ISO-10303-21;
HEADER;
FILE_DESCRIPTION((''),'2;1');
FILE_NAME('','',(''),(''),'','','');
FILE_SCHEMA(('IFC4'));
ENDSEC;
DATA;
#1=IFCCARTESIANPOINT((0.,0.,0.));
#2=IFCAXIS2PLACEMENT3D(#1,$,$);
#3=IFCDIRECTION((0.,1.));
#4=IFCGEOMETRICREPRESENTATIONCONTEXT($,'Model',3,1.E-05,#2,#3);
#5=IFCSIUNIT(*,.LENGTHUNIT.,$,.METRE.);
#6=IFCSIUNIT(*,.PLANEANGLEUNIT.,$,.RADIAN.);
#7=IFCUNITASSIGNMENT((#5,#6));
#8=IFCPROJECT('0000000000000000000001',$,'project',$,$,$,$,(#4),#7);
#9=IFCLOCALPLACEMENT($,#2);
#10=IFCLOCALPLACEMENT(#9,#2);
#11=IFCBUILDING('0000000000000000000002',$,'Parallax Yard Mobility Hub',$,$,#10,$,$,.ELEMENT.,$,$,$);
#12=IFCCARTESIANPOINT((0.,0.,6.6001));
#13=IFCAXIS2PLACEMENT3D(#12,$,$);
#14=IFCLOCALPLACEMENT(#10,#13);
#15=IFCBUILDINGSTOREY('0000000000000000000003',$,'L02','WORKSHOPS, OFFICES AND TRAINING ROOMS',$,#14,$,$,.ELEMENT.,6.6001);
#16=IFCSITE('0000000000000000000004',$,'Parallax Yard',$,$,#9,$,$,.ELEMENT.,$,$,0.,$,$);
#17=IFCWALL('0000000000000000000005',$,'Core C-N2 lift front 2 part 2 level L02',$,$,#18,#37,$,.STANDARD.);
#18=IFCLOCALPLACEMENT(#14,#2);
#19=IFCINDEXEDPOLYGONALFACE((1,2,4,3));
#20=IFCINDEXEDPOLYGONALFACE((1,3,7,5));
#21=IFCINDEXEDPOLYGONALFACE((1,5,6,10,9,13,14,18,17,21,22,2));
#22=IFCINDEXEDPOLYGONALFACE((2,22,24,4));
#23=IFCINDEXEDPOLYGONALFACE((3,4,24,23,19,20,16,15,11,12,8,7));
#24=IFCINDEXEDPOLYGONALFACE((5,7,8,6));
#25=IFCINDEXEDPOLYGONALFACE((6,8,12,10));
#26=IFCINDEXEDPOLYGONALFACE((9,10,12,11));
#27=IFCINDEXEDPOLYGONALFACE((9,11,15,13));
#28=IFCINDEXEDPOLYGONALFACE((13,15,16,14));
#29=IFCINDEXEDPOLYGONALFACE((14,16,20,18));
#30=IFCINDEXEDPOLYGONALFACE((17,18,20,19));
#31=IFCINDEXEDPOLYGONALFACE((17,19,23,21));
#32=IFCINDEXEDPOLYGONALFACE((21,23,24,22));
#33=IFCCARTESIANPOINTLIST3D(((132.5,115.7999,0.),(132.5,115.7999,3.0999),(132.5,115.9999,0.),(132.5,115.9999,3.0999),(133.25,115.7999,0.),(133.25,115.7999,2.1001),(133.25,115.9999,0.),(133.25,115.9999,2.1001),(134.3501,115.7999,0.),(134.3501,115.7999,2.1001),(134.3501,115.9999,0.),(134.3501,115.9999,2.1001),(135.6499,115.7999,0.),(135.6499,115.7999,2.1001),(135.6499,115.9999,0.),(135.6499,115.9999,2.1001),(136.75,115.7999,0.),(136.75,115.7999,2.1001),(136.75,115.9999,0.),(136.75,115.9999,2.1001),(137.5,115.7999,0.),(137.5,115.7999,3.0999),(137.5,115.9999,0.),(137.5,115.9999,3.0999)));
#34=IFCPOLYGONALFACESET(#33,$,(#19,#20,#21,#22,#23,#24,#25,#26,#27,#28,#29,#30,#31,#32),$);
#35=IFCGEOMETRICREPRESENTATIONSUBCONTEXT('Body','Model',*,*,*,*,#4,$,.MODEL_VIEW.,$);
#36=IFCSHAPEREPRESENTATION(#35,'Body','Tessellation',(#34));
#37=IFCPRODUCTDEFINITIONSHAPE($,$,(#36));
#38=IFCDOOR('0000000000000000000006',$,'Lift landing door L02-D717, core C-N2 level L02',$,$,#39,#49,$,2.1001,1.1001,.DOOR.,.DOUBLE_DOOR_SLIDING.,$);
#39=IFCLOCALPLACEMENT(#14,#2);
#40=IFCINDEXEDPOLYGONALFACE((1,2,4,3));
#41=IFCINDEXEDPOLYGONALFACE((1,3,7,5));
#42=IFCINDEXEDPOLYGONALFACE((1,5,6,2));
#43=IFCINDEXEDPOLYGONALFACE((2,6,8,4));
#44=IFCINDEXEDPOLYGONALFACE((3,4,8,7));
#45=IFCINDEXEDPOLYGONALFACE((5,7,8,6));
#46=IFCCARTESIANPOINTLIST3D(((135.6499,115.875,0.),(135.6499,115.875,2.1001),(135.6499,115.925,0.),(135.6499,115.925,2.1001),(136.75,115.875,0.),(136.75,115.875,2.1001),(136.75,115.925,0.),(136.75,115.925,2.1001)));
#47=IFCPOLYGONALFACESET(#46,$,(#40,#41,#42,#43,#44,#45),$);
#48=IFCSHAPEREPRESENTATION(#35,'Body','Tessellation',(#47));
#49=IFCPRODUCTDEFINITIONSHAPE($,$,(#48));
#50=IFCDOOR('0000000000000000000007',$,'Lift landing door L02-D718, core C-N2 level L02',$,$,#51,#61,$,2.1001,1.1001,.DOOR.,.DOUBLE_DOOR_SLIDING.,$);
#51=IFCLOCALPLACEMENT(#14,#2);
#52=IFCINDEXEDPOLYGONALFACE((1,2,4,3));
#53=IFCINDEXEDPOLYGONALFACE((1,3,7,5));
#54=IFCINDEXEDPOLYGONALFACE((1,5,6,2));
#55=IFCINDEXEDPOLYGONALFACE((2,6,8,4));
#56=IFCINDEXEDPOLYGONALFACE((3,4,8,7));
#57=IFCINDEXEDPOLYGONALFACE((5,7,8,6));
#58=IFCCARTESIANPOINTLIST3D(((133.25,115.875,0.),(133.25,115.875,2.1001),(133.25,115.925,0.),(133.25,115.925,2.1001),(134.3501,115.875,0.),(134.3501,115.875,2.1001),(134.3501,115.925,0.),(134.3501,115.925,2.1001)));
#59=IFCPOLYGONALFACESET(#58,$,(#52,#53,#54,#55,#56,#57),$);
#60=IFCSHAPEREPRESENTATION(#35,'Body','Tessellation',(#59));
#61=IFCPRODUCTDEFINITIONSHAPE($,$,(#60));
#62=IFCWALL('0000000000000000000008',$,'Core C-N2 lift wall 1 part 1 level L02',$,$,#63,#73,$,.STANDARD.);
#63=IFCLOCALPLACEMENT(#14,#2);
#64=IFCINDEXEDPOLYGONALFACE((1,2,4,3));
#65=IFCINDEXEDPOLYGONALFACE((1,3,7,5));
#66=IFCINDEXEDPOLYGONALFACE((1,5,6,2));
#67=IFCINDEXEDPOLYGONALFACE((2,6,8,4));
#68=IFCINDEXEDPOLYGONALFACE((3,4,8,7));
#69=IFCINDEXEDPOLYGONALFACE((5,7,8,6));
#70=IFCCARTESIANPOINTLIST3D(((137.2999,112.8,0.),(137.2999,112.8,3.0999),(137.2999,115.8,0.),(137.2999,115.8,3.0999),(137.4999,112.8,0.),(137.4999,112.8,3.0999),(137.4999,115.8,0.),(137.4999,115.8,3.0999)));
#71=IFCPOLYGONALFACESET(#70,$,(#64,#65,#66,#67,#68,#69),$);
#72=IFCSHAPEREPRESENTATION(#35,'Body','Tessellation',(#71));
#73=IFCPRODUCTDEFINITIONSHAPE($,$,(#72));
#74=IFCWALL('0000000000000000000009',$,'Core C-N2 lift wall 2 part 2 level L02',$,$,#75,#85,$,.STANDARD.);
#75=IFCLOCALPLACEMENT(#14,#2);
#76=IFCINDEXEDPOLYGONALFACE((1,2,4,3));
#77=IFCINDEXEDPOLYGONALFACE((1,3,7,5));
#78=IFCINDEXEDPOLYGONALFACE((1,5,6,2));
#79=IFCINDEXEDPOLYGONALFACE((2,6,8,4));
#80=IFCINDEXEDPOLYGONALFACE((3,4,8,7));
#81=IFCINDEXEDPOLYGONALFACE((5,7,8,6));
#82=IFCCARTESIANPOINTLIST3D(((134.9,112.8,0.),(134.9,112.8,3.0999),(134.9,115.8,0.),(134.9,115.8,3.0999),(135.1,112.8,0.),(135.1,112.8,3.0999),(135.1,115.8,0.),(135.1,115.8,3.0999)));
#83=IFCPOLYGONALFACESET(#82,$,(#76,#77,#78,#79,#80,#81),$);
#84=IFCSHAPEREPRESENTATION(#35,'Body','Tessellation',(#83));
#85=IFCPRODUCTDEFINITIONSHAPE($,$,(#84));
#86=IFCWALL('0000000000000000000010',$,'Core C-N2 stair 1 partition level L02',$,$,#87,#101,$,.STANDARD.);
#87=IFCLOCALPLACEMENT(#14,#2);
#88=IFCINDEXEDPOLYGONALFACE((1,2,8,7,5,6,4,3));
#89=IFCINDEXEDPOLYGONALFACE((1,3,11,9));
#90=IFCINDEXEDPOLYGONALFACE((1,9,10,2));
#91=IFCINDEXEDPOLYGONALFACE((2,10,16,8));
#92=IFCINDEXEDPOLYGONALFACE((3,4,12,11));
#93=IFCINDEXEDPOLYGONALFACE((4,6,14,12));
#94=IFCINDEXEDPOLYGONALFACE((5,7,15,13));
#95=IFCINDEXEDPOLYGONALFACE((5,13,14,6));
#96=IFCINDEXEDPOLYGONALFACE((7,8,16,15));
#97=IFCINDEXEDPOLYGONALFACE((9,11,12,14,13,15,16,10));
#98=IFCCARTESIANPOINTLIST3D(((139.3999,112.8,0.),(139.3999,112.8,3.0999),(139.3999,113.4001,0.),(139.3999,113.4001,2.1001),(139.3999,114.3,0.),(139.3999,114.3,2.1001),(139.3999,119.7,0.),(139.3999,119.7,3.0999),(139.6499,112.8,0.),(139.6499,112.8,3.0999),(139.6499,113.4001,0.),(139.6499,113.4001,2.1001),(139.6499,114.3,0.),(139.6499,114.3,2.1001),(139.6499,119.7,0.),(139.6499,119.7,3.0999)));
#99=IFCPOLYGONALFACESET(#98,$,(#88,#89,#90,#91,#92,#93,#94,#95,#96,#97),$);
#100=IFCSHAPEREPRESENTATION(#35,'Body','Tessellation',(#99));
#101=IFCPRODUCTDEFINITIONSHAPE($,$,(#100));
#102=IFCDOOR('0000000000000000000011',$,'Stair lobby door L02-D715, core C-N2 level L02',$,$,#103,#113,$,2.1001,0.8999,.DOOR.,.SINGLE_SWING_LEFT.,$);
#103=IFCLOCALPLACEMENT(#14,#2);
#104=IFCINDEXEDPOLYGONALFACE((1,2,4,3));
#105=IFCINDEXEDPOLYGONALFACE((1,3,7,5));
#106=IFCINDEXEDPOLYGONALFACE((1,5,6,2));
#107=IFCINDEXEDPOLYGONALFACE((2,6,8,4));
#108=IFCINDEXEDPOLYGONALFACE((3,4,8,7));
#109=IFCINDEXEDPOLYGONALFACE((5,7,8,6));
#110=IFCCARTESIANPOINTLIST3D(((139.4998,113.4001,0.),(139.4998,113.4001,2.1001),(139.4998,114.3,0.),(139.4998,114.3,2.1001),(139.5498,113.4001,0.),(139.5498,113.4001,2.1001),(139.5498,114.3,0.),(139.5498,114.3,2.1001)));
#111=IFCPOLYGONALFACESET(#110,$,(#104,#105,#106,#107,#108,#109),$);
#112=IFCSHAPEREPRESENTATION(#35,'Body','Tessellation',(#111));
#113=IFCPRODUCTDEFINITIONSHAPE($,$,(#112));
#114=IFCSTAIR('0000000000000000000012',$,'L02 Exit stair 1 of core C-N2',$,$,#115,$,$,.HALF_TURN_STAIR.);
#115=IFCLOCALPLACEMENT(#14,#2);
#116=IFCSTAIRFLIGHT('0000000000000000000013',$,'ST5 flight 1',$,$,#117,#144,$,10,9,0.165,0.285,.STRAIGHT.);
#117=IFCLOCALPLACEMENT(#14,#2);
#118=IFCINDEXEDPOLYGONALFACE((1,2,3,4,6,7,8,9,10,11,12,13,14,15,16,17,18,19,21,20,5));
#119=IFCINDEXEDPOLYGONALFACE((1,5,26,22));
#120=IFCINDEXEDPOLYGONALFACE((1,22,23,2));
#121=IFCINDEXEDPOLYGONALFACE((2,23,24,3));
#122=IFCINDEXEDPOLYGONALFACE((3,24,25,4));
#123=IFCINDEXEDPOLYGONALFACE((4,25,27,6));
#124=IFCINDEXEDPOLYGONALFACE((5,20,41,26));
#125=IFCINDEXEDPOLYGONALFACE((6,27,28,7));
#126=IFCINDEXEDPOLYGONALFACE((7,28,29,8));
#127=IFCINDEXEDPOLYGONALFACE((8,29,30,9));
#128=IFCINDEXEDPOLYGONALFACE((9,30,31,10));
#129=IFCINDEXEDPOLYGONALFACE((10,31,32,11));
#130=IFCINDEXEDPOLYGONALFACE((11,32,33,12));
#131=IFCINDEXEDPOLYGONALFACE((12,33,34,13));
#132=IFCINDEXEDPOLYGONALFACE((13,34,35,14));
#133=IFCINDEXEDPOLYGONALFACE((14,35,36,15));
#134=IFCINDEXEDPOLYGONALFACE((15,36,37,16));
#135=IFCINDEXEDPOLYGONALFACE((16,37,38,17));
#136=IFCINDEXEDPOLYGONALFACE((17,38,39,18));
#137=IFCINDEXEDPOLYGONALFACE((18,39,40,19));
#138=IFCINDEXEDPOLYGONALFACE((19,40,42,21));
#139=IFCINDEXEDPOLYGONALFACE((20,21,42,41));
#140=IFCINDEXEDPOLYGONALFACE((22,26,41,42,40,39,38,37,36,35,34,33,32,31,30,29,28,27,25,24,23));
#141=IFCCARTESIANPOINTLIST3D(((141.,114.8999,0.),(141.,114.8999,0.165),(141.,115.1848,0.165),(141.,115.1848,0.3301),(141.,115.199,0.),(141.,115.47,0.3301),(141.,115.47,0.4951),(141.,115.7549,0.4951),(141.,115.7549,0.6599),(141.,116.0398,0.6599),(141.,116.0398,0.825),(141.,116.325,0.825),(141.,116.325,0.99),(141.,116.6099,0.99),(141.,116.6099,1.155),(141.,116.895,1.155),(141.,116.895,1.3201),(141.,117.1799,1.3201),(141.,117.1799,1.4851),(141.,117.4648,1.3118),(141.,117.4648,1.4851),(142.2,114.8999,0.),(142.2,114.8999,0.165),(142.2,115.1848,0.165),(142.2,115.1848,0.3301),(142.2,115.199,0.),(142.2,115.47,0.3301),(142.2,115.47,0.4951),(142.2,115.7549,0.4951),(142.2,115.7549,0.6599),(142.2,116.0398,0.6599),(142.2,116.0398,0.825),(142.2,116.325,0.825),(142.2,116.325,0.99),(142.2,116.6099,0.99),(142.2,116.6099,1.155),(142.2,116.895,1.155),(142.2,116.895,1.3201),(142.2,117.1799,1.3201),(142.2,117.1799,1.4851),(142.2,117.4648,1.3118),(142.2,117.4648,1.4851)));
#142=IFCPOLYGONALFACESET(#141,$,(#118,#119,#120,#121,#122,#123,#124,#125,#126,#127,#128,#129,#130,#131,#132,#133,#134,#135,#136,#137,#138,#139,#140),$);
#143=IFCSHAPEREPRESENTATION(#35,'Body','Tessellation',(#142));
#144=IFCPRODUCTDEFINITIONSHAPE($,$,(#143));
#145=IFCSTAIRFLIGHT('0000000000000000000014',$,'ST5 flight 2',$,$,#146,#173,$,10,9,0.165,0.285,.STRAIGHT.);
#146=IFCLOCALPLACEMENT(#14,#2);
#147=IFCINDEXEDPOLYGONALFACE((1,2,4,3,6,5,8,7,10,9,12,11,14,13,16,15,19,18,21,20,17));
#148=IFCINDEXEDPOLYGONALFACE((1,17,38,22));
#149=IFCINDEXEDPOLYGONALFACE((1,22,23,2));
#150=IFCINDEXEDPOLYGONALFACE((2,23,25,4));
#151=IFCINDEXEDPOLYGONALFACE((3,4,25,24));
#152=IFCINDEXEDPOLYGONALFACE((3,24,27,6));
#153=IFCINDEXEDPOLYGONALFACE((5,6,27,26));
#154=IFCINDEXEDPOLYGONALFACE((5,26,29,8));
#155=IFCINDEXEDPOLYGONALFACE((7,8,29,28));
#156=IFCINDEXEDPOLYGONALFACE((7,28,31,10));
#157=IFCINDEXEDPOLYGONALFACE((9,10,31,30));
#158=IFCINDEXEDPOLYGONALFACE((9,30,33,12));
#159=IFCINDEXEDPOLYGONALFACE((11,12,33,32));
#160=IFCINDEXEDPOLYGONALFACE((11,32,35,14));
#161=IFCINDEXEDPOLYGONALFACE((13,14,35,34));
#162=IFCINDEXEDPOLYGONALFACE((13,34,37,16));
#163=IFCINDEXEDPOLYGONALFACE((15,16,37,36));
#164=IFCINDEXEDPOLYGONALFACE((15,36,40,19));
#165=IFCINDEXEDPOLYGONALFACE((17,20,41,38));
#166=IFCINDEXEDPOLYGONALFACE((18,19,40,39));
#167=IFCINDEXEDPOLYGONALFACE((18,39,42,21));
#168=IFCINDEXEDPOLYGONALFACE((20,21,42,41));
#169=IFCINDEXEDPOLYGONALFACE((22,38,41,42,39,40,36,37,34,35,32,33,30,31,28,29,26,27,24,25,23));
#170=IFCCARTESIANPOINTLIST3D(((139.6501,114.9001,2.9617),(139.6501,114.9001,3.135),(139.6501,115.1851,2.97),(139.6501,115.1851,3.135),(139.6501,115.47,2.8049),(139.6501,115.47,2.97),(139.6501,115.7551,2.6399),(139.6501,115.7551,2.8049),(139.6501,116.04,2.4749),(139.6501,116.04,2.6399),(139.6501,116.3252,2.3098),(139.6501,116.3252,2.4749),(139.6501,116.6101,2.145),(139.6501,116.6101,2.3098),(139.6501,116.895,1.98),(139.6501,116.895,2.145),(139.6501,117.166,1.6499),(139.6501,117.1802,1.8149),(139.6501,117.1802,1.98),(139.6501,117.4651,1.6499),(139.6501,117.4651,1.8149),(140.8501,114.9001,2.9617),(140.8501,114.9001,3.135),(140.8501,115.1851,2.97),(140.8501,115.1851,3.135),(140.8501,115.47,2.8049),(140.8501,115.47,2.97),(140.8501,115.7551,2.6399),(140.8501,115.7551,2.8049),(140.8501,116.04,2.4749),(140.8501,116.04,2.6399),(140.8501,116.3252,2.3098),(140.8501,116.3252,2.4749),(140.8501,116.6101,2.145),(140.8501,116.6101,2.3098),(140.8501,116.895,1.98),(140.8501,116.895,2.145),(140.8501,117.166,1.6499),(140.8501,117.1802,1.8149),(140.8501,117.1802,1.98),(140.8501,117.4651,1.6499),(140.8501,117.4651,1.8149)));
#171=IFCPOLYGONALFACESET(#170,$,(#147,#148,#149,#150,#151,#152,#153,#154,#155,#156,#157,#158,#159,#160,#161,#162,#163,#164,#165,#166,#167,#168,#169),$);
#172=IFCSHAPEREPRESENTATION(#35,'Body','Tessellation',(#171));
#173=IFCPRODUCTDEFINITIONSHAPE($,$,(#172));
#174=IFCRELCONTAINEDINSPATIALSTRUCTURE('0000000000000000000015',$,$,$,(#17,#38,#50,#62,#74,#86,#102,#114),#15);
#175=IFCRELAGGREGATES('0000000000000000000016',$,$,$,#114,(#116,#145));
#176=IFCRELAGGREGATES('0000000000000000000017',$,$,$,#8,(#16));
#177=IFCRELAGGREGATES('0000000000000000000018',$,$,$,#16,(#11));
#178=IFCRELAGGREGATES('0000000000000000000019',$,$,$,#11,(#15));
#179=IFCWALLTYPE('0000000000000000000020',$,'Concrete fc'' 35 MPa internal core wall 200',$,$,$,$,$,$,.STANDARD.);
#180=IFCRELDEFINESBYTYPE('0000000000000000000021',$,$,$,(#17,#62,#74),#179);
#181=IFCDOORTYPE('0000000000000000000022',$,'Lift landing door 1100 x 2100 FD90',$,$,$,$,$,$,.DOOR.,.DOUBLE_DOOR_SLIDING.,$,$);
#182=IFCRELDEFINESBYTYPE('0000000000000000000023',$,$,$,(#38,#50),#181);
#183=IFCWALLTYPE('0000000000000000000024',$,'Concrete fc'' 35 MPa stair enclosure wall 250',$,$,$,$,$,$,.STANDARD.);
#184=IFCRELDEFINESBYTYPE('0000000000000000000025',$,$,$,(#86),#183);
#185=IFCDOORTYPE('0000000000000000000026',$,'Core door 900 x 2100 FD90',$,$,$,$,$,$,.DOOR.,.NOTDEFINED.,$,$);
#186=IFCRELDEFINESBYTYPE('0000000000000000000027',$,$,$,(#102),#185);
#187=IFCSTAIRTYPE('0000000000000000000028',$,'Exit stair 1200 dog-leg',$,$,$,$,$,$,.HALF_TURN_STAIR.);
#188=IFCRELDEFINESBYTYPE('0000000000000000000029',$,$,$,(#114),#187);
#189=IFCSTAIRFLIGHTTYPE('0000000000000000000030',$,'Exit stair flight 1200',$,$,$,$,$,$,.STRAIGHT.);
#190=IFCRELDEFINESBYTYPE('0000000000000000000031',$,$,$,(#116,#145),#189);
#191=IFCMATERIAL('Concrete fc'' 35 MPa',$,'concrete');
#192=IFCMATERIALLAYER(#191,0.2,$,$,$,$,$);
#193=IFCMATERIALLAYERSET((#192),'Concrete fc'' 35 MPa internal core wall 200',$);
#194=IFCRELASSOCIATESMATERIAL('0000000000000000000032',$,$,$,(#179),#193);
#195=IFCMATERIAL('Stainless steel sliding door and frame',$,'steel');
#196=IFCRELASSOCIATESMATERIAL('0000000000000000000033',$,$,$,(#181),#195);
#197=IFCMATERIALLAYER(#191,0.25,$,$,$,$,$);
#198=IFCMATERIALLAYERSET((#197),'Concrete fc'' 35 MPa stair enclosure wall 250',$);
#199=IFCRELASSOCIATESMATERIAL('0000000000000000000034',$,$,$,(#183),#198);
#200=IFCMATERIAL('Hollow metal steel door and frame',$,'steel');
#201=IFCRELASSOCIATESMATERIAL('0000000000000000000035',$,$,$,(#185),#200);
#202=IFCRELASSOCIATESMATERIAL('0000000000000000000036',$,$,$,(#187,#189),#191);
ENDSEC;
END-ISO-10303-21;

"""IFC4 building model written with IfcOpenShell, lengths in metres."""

from ifc_helpers import new_model, si_unit, direction, frame, frame_2d, origin, place, context, subcontext, project, spatial, polyline, rectangle, outline, extrude, material, layer, layer_set, type_object, element, fill, aggregate, save


model = new_model("IFC4")

# Units and contexts
model_context = context("Model", 3, precision=1e-05, world=origin(), true_north=direction((0.0, 1.0)))
body_context = subcontext(model_context, "Body", "Model", "MODEL_VIEW")
ifc_project = project(units=[si_unit("LENGTHUNIT", "METRE"), si_unit("PLANEANGLEUNIT", "RADIAN")], contexts=[model_context])

# Site, building, storey
site_placement = place(None, origin())
site = spatial("IfcSite", under=ifc_project, at=site_placement, Name="Parallax Yard", CompositionType="ELEMENT", RefElevation=0.0)
building_placement = place(site_placement, origin())
building = spatial("IfcBuilding", under=site, at=building_placement, Name="Parallax Yard Mobility Hub", CompositionType="ELEMENT")
storey_placement = place(building_placement, frame((0.0, 0.0, 6.6001)))
storey = spatial("IfcBuildingStorey", under=building, at=storey_placement, Name="L02", Description="WORKSHOPS, OFFICES AND TRAINING ROOMS", CompositionType="ELEMENT", Elevation=6.6001)

# Shared definitions
ifc_material_1 = material(Name="Concrete fc' 35 MPa", Category="concrete")

# Wall, openings, doors
ifc_layer_1 = layer(ifc_material_1, 0.2)
ifc_layer_set_1 = layer_set([ifc_layer_1], Name="Concrete fc' 35 MPa internal core wall 200")
wall_type_1 = type_object("IfcWallType", Name="Concrete fc' 35 MPa internal core wall 200", PredefinedType="STANDARD", material=ifc_layer_set_1)
wall_1_placement = place(storey_placement, frame((137.5, 115.8999, 0.0), z_axis=(0.0, 0.0, 1.0), x_axis=(-1.0, 0.0, 0.0)))
wall_1 = element("IfcWall", 1, at=wall_1_placement, inside=storey, type_object=wall_type_1, Name="Core C-N2 lift front 2 part 2 level L02", PredefinedType="STANDARD", context=body_context, shape_type="SweptSolid", body=[
    extrude(rectangle(XDim=5.0, YDim=0.2, at=frame_2d((2.5, 0.0))), origin(), (0.0, 0.0, 1.0), 3.0999),
])
opening_1_placement = place(wall_1_placement, frame((0.75, 0.0, 0.0)))
opening_1 = element("IfcOpeningElement", 2, at=opening_1_placement, cuts=wall_1, PredefinedType="OPENING", context=body_context, shape_type="SweptSolid", body=[
    extrude(rectangle(XDim=1.1001, YDim=2.1001, at=frame_2d((0.55, 1.05))), frame((0.0, 0.1099, 0.0), z_axis=(0.0, -1.0, 0.0), x_axis=(1.0, 0.0, 0.0)), (0.0, 0.0, 1.0), 0.22),
])
opening_2_placement = place(wall_1_placement, frame((3.1499, 0.0, 0.0)))
opening_2 = element("IfcOpeningElement", 3, at=opening_2_placement, cuts=wall_1, PredefinedType="OPENING", context=body_context, shape_type="SweptSolid", body=[
    extrude(rectangle(XDim=1.1001, YDim=2.1001, at=frame_2d((0.55, 1.05))), frame((0.0, 0.1099, 0.0), z_axis=(0.0, -1.0, 0.0), x_axis=(1.0, 0.0, 0.0)), (0.0, 0.0, 1.0), 0.22),
])
ifc_material_2 = material(Name="Stainless steel sliding door and frame", Category="steel")
door_type_1 = type_object("IfcDoorType", Name="Lift landing door 1100 x 2100 FD90", OperationType="DOUBLE_DOOR_SLIDING", PredefinedType="DOOR", material=ifc_material_2)
door_1_placement = place(opening_1_placement, origin())
door_1 = element("IfcDoor", 4, at=door_1_placement, inside=storey, type_object=door_type_1, Name="Lift landing door L02-D717, core C-N2 level L02", OperationType="DOUBLE_DOOR_SLIDING", OverallHeight=2.1001, OverallWidth=1.1001, PredefinedType="DOOR", context=body_context, shape_type="SweptSolid", body=[
    extrude(rectangle(XDim=1.1001, YDim=2.1001, at=frame_2d((0.55, 1.05))), frame((0.0, 0.0249, 0.0), z_axis=(0.0, -1.0, 0.0), x_axis=(1.0, 0.0, 0.0)), (0.0, 0.0, 1.0), 0.05),
])
fill(opening_1, door_1)
door_2_placement = place(opening_2_placement, origin())
door_2 = element("IfcDoor", 5, at=door_2_placement, inside=storey, type_object=door_type_1, Name="Lift landing door L02-D718, core C-N2 level L02", OperationType="DOUBLE_DOOR_SLIDING", OverallHeight=2.1001, OverallWidth=1.1001, PredefinedType="DOOR", context=body_context, shape_type="SweptSolid", body=[
    extrude(rectangle(XDim=1.1001, YDim=2.1001, at=frame_2d((0.55, 1.05))), frame((0.0, 0.0249, 0.0), z_axis=(0.0, -1.0, 0.0), x_axis=(1.0, 0.0, 0.0)), (0.0, 0.0, 1.0), 0.05),
])
fill(opening_2, door_2)

# Walls
for number, where, z_axis, x_axis, name in (
    (6, (137.3999, 115.8, 0.0), (0.0, 0.0, 1.0), (0.0, -1.0, 0.0), "Core C-N2 lift wall 1 part 1 level L02"),
    (7, (135.0, 115.8, 0.0), (0.0, 0.0, 1.0), (0.0, -1.0, 0.0), "Core C-N2 lift wall 2 part 2 level L02"),
):
    element("IfcWall", number, at=place(storey_placement, frame(where, z_axis=z_axis, x_axis=x_axis)), inside=storey, type_object=wall_type_1, Name=name, PredefinedType="STANDARD", context=body_context, shape_type="SweptSolid", body=[
        extrude(rectangle(XDim=3.0, YDim=0.2, at=frame_2d((1.5, 0.0))), origin(), (0.0, 0.0, 1.0), 3.0999),
    ])

# Wall, opening, door
ifc_layer_2 = layer(ifc_material_1, 0.25)
ifc_layer_set_2 = layer_set([ifc_layer_2], Name="Concrete fc' 35 MPa stair enclosure wall 250")
wall_type_2 = type_object("IfcWallType", Name="Concrete fc' 35 MPa stair enclosure wall 250", PredefinedType="STANDARD", material=ifc_layer_set_2)
wall_2_placement = place(storey_placement, frame((139.5249, 119.7, 0.0), z_axis=(0.0, 0.0, 1.0), x_axis=(0.0, -1.0, 0.0)))
wall_2 = element("IfcWall", 8, at=wall_2_placement, inside=storey, type_object=wall_type_2, Name="Core C-N2 stair 1 partition level L02", PredefinedType="STANDARD", context=body_context, shape_type="SweptSolid", body=[
    extrude(rectangle(XDim=6.8999, YDim=0.25, at=frame_2d((3.45, 0.0))), origin(), (0.0, 0.0, 1.0), 3.0999),
])
opening_3_placement = place(wall_2_placement, frame((5.3999, 0.0, 0.0)))
opening_3 = element("IfcOpeningElement", 9, at=opening_3_placement, cuts=wall_2, PredefinedType="OPENING", context=body_context, shape_type="SweptSolid", body=[
    extrude(rectangle(XDim=0.8999, YDim=2.1001, at=frame_2d((0.45, 1.05))), frame((0.0, 0.135, 0.0), z_axis=(0.0, -1.0, 0.0), x_axis=(1.0, 0.0, 0.0)), (0.0, 0.0, 1.0), 0.27),
])
ifc_material_3 = material(Name="Hollow metal steel door and frame", Category="steel")
door_type_2 = type_object("IfcDoorType", Name="Core door 900 x 2100 FD90", OperationType="NOTDEFINED", PredefinedType="DOOR", material=ifc_material_3)
door_3_placement = place(opening_3_placement, origin())
door_3 = element("IfcDoor", 10, at=door_3_placement, inside=storey, type_object=door_type_2, Name="Stair lobby door L02-D715, core C-N2 level L02", OperationType="SINGLE_SWING_LEFT", OverallHeight=2.1001, OverallWidth=0.8999, PredefinedType="DOOR", context=body_context, shape_type="SweptSolid", body=[
    extrude(rectangle(XDim=0.8999, YDim=2.1001, at=frame_2d((0.45, 1.05))), frame((0.0, 0.0249, 0.0), z_axis=(0.0, -1.0, 0.0), x_axis=(1.0, 0.0, 0.0)), (0.0, 0.0, 1.0), 0.05),
])
fill(opening_3, door_3)

# Stair, stair flights
stair_type = type_object("IfcStairType", Name="Exit stair 1200 dog-leg", PredefinedType="HALF_TURN_STAIR", material=ifc_material_1)
stair_placement = place(storey_placement, origin())
stair = element("IfcStair", 11, at=stair_placement, inside=storey, type_object=stair_type, Name="L02 Exit stair 1 of core C-N2", PredefinedType="HALF_TURN_STAIR")
stair_flight_type = type_object("IfcStairFlightType", Name="Exit stair flight 1200", PredefinedType="STRAIGHT", material=ifc_material_1)
stair_flight_1_placement = place(storey_placement, frame((141.6001, 114.8999, 0.0), z_axis=(0.0, 0.0, 1.0), x_axis=(0.0, 1.0, 0.0)))
stair_flight_1 = element("IfcStairFlight", 12, at=stair_flight_1_placement, type_object=stair_flight_type, Name="ST5 flight 1", NumberOfRisers=10, NumberOfTreads=9, PredefinedType="STRAIGHT", RiserHeight=0.165, TreadLength=0.285, context=body_context, shape_type="SweptSolid", body=[
    extrude(outline(polyline([(0.0, 0.0), (0.0, 0.165), (0.2849, 0.165), (0.2849, 0.3301), (0.5701, 0.3301), (0.5701, 0.4951), (0.855, 0.4951), (0.855, 0.6599), (1.1399, 0.6599), (1.1399, 0.825), (1.425, 0.825), (1.425, 0.99), (1.71, 0.99), (1.71, 1.155), (1.9951, 1.155), (1.9951, 1.3201), (2.28, 1.3201), (2.28, 1.4851), (2.5649, 1.4851), (2.5649, 1.6499), (2.5649, 1.3118), (0.2991, 0.0), (0.0, 0.0)])), frame((0.0, 0.6001, 0.0), z_axis=(0.0, -1.0, 0.0), x_axis=(1.0, 0.0, 0.0)), (0.0, 0.0, 1.0), 1.2),
])
stair_flight_2_placement = place(storey_placement, frame((140.25, 117.4651, 1.6499), z_axis=(0.0, 0.0, 1.0), x_axis=(0.0, -1.0, 0.0)))
stair_flight_2 = element("IfcStairFlight", 13, at=stair_flight_2_placement, type_object=stair_flight_type, Name="ST5 flight 2", NumberOfRisers=10, NumberOfTreads=9, PredefinedType="STRAIGHT", RiserHeight=0.165, TreadLength=0.285, context=body_context, shape_type="SweptSolid", body=[
    extrude(outline(polyline([(0.0, 0.0), (0.0, 0.165), (0.2849, 0.165), (0.2849, 0.3301), (0.5701, 0.3301), (0.5701, 0.4951), (0.855, 0.4951), (0.855, 0.6599), (1.1399, 0.6599), (1.1399, 0.825), (1.425, 0.825), (1.425, 0.99), (1.71, 0.99), (1.71, 1.155), (1.9951, 1.155), (1.9951, 1.3201), (2.28, 1.3201), (2.28, 1.4851), (2.5649, 1.4851), (2.5649, 1.6499), (2.5649, 1.3118), (0.2991, 0.0), (0.0, 0.0)])), frame((0.0, 0.6001, 0.0), z_axis=(0.0, -1.0, 0.0), x_axis=(1.0, 0.0, 0.0)), (0.0, 0.0, 1.0), 1.2),
])
aggregate(stair, [stair_flight_1, stair_flight_2])

save(model, "model.ifc")
